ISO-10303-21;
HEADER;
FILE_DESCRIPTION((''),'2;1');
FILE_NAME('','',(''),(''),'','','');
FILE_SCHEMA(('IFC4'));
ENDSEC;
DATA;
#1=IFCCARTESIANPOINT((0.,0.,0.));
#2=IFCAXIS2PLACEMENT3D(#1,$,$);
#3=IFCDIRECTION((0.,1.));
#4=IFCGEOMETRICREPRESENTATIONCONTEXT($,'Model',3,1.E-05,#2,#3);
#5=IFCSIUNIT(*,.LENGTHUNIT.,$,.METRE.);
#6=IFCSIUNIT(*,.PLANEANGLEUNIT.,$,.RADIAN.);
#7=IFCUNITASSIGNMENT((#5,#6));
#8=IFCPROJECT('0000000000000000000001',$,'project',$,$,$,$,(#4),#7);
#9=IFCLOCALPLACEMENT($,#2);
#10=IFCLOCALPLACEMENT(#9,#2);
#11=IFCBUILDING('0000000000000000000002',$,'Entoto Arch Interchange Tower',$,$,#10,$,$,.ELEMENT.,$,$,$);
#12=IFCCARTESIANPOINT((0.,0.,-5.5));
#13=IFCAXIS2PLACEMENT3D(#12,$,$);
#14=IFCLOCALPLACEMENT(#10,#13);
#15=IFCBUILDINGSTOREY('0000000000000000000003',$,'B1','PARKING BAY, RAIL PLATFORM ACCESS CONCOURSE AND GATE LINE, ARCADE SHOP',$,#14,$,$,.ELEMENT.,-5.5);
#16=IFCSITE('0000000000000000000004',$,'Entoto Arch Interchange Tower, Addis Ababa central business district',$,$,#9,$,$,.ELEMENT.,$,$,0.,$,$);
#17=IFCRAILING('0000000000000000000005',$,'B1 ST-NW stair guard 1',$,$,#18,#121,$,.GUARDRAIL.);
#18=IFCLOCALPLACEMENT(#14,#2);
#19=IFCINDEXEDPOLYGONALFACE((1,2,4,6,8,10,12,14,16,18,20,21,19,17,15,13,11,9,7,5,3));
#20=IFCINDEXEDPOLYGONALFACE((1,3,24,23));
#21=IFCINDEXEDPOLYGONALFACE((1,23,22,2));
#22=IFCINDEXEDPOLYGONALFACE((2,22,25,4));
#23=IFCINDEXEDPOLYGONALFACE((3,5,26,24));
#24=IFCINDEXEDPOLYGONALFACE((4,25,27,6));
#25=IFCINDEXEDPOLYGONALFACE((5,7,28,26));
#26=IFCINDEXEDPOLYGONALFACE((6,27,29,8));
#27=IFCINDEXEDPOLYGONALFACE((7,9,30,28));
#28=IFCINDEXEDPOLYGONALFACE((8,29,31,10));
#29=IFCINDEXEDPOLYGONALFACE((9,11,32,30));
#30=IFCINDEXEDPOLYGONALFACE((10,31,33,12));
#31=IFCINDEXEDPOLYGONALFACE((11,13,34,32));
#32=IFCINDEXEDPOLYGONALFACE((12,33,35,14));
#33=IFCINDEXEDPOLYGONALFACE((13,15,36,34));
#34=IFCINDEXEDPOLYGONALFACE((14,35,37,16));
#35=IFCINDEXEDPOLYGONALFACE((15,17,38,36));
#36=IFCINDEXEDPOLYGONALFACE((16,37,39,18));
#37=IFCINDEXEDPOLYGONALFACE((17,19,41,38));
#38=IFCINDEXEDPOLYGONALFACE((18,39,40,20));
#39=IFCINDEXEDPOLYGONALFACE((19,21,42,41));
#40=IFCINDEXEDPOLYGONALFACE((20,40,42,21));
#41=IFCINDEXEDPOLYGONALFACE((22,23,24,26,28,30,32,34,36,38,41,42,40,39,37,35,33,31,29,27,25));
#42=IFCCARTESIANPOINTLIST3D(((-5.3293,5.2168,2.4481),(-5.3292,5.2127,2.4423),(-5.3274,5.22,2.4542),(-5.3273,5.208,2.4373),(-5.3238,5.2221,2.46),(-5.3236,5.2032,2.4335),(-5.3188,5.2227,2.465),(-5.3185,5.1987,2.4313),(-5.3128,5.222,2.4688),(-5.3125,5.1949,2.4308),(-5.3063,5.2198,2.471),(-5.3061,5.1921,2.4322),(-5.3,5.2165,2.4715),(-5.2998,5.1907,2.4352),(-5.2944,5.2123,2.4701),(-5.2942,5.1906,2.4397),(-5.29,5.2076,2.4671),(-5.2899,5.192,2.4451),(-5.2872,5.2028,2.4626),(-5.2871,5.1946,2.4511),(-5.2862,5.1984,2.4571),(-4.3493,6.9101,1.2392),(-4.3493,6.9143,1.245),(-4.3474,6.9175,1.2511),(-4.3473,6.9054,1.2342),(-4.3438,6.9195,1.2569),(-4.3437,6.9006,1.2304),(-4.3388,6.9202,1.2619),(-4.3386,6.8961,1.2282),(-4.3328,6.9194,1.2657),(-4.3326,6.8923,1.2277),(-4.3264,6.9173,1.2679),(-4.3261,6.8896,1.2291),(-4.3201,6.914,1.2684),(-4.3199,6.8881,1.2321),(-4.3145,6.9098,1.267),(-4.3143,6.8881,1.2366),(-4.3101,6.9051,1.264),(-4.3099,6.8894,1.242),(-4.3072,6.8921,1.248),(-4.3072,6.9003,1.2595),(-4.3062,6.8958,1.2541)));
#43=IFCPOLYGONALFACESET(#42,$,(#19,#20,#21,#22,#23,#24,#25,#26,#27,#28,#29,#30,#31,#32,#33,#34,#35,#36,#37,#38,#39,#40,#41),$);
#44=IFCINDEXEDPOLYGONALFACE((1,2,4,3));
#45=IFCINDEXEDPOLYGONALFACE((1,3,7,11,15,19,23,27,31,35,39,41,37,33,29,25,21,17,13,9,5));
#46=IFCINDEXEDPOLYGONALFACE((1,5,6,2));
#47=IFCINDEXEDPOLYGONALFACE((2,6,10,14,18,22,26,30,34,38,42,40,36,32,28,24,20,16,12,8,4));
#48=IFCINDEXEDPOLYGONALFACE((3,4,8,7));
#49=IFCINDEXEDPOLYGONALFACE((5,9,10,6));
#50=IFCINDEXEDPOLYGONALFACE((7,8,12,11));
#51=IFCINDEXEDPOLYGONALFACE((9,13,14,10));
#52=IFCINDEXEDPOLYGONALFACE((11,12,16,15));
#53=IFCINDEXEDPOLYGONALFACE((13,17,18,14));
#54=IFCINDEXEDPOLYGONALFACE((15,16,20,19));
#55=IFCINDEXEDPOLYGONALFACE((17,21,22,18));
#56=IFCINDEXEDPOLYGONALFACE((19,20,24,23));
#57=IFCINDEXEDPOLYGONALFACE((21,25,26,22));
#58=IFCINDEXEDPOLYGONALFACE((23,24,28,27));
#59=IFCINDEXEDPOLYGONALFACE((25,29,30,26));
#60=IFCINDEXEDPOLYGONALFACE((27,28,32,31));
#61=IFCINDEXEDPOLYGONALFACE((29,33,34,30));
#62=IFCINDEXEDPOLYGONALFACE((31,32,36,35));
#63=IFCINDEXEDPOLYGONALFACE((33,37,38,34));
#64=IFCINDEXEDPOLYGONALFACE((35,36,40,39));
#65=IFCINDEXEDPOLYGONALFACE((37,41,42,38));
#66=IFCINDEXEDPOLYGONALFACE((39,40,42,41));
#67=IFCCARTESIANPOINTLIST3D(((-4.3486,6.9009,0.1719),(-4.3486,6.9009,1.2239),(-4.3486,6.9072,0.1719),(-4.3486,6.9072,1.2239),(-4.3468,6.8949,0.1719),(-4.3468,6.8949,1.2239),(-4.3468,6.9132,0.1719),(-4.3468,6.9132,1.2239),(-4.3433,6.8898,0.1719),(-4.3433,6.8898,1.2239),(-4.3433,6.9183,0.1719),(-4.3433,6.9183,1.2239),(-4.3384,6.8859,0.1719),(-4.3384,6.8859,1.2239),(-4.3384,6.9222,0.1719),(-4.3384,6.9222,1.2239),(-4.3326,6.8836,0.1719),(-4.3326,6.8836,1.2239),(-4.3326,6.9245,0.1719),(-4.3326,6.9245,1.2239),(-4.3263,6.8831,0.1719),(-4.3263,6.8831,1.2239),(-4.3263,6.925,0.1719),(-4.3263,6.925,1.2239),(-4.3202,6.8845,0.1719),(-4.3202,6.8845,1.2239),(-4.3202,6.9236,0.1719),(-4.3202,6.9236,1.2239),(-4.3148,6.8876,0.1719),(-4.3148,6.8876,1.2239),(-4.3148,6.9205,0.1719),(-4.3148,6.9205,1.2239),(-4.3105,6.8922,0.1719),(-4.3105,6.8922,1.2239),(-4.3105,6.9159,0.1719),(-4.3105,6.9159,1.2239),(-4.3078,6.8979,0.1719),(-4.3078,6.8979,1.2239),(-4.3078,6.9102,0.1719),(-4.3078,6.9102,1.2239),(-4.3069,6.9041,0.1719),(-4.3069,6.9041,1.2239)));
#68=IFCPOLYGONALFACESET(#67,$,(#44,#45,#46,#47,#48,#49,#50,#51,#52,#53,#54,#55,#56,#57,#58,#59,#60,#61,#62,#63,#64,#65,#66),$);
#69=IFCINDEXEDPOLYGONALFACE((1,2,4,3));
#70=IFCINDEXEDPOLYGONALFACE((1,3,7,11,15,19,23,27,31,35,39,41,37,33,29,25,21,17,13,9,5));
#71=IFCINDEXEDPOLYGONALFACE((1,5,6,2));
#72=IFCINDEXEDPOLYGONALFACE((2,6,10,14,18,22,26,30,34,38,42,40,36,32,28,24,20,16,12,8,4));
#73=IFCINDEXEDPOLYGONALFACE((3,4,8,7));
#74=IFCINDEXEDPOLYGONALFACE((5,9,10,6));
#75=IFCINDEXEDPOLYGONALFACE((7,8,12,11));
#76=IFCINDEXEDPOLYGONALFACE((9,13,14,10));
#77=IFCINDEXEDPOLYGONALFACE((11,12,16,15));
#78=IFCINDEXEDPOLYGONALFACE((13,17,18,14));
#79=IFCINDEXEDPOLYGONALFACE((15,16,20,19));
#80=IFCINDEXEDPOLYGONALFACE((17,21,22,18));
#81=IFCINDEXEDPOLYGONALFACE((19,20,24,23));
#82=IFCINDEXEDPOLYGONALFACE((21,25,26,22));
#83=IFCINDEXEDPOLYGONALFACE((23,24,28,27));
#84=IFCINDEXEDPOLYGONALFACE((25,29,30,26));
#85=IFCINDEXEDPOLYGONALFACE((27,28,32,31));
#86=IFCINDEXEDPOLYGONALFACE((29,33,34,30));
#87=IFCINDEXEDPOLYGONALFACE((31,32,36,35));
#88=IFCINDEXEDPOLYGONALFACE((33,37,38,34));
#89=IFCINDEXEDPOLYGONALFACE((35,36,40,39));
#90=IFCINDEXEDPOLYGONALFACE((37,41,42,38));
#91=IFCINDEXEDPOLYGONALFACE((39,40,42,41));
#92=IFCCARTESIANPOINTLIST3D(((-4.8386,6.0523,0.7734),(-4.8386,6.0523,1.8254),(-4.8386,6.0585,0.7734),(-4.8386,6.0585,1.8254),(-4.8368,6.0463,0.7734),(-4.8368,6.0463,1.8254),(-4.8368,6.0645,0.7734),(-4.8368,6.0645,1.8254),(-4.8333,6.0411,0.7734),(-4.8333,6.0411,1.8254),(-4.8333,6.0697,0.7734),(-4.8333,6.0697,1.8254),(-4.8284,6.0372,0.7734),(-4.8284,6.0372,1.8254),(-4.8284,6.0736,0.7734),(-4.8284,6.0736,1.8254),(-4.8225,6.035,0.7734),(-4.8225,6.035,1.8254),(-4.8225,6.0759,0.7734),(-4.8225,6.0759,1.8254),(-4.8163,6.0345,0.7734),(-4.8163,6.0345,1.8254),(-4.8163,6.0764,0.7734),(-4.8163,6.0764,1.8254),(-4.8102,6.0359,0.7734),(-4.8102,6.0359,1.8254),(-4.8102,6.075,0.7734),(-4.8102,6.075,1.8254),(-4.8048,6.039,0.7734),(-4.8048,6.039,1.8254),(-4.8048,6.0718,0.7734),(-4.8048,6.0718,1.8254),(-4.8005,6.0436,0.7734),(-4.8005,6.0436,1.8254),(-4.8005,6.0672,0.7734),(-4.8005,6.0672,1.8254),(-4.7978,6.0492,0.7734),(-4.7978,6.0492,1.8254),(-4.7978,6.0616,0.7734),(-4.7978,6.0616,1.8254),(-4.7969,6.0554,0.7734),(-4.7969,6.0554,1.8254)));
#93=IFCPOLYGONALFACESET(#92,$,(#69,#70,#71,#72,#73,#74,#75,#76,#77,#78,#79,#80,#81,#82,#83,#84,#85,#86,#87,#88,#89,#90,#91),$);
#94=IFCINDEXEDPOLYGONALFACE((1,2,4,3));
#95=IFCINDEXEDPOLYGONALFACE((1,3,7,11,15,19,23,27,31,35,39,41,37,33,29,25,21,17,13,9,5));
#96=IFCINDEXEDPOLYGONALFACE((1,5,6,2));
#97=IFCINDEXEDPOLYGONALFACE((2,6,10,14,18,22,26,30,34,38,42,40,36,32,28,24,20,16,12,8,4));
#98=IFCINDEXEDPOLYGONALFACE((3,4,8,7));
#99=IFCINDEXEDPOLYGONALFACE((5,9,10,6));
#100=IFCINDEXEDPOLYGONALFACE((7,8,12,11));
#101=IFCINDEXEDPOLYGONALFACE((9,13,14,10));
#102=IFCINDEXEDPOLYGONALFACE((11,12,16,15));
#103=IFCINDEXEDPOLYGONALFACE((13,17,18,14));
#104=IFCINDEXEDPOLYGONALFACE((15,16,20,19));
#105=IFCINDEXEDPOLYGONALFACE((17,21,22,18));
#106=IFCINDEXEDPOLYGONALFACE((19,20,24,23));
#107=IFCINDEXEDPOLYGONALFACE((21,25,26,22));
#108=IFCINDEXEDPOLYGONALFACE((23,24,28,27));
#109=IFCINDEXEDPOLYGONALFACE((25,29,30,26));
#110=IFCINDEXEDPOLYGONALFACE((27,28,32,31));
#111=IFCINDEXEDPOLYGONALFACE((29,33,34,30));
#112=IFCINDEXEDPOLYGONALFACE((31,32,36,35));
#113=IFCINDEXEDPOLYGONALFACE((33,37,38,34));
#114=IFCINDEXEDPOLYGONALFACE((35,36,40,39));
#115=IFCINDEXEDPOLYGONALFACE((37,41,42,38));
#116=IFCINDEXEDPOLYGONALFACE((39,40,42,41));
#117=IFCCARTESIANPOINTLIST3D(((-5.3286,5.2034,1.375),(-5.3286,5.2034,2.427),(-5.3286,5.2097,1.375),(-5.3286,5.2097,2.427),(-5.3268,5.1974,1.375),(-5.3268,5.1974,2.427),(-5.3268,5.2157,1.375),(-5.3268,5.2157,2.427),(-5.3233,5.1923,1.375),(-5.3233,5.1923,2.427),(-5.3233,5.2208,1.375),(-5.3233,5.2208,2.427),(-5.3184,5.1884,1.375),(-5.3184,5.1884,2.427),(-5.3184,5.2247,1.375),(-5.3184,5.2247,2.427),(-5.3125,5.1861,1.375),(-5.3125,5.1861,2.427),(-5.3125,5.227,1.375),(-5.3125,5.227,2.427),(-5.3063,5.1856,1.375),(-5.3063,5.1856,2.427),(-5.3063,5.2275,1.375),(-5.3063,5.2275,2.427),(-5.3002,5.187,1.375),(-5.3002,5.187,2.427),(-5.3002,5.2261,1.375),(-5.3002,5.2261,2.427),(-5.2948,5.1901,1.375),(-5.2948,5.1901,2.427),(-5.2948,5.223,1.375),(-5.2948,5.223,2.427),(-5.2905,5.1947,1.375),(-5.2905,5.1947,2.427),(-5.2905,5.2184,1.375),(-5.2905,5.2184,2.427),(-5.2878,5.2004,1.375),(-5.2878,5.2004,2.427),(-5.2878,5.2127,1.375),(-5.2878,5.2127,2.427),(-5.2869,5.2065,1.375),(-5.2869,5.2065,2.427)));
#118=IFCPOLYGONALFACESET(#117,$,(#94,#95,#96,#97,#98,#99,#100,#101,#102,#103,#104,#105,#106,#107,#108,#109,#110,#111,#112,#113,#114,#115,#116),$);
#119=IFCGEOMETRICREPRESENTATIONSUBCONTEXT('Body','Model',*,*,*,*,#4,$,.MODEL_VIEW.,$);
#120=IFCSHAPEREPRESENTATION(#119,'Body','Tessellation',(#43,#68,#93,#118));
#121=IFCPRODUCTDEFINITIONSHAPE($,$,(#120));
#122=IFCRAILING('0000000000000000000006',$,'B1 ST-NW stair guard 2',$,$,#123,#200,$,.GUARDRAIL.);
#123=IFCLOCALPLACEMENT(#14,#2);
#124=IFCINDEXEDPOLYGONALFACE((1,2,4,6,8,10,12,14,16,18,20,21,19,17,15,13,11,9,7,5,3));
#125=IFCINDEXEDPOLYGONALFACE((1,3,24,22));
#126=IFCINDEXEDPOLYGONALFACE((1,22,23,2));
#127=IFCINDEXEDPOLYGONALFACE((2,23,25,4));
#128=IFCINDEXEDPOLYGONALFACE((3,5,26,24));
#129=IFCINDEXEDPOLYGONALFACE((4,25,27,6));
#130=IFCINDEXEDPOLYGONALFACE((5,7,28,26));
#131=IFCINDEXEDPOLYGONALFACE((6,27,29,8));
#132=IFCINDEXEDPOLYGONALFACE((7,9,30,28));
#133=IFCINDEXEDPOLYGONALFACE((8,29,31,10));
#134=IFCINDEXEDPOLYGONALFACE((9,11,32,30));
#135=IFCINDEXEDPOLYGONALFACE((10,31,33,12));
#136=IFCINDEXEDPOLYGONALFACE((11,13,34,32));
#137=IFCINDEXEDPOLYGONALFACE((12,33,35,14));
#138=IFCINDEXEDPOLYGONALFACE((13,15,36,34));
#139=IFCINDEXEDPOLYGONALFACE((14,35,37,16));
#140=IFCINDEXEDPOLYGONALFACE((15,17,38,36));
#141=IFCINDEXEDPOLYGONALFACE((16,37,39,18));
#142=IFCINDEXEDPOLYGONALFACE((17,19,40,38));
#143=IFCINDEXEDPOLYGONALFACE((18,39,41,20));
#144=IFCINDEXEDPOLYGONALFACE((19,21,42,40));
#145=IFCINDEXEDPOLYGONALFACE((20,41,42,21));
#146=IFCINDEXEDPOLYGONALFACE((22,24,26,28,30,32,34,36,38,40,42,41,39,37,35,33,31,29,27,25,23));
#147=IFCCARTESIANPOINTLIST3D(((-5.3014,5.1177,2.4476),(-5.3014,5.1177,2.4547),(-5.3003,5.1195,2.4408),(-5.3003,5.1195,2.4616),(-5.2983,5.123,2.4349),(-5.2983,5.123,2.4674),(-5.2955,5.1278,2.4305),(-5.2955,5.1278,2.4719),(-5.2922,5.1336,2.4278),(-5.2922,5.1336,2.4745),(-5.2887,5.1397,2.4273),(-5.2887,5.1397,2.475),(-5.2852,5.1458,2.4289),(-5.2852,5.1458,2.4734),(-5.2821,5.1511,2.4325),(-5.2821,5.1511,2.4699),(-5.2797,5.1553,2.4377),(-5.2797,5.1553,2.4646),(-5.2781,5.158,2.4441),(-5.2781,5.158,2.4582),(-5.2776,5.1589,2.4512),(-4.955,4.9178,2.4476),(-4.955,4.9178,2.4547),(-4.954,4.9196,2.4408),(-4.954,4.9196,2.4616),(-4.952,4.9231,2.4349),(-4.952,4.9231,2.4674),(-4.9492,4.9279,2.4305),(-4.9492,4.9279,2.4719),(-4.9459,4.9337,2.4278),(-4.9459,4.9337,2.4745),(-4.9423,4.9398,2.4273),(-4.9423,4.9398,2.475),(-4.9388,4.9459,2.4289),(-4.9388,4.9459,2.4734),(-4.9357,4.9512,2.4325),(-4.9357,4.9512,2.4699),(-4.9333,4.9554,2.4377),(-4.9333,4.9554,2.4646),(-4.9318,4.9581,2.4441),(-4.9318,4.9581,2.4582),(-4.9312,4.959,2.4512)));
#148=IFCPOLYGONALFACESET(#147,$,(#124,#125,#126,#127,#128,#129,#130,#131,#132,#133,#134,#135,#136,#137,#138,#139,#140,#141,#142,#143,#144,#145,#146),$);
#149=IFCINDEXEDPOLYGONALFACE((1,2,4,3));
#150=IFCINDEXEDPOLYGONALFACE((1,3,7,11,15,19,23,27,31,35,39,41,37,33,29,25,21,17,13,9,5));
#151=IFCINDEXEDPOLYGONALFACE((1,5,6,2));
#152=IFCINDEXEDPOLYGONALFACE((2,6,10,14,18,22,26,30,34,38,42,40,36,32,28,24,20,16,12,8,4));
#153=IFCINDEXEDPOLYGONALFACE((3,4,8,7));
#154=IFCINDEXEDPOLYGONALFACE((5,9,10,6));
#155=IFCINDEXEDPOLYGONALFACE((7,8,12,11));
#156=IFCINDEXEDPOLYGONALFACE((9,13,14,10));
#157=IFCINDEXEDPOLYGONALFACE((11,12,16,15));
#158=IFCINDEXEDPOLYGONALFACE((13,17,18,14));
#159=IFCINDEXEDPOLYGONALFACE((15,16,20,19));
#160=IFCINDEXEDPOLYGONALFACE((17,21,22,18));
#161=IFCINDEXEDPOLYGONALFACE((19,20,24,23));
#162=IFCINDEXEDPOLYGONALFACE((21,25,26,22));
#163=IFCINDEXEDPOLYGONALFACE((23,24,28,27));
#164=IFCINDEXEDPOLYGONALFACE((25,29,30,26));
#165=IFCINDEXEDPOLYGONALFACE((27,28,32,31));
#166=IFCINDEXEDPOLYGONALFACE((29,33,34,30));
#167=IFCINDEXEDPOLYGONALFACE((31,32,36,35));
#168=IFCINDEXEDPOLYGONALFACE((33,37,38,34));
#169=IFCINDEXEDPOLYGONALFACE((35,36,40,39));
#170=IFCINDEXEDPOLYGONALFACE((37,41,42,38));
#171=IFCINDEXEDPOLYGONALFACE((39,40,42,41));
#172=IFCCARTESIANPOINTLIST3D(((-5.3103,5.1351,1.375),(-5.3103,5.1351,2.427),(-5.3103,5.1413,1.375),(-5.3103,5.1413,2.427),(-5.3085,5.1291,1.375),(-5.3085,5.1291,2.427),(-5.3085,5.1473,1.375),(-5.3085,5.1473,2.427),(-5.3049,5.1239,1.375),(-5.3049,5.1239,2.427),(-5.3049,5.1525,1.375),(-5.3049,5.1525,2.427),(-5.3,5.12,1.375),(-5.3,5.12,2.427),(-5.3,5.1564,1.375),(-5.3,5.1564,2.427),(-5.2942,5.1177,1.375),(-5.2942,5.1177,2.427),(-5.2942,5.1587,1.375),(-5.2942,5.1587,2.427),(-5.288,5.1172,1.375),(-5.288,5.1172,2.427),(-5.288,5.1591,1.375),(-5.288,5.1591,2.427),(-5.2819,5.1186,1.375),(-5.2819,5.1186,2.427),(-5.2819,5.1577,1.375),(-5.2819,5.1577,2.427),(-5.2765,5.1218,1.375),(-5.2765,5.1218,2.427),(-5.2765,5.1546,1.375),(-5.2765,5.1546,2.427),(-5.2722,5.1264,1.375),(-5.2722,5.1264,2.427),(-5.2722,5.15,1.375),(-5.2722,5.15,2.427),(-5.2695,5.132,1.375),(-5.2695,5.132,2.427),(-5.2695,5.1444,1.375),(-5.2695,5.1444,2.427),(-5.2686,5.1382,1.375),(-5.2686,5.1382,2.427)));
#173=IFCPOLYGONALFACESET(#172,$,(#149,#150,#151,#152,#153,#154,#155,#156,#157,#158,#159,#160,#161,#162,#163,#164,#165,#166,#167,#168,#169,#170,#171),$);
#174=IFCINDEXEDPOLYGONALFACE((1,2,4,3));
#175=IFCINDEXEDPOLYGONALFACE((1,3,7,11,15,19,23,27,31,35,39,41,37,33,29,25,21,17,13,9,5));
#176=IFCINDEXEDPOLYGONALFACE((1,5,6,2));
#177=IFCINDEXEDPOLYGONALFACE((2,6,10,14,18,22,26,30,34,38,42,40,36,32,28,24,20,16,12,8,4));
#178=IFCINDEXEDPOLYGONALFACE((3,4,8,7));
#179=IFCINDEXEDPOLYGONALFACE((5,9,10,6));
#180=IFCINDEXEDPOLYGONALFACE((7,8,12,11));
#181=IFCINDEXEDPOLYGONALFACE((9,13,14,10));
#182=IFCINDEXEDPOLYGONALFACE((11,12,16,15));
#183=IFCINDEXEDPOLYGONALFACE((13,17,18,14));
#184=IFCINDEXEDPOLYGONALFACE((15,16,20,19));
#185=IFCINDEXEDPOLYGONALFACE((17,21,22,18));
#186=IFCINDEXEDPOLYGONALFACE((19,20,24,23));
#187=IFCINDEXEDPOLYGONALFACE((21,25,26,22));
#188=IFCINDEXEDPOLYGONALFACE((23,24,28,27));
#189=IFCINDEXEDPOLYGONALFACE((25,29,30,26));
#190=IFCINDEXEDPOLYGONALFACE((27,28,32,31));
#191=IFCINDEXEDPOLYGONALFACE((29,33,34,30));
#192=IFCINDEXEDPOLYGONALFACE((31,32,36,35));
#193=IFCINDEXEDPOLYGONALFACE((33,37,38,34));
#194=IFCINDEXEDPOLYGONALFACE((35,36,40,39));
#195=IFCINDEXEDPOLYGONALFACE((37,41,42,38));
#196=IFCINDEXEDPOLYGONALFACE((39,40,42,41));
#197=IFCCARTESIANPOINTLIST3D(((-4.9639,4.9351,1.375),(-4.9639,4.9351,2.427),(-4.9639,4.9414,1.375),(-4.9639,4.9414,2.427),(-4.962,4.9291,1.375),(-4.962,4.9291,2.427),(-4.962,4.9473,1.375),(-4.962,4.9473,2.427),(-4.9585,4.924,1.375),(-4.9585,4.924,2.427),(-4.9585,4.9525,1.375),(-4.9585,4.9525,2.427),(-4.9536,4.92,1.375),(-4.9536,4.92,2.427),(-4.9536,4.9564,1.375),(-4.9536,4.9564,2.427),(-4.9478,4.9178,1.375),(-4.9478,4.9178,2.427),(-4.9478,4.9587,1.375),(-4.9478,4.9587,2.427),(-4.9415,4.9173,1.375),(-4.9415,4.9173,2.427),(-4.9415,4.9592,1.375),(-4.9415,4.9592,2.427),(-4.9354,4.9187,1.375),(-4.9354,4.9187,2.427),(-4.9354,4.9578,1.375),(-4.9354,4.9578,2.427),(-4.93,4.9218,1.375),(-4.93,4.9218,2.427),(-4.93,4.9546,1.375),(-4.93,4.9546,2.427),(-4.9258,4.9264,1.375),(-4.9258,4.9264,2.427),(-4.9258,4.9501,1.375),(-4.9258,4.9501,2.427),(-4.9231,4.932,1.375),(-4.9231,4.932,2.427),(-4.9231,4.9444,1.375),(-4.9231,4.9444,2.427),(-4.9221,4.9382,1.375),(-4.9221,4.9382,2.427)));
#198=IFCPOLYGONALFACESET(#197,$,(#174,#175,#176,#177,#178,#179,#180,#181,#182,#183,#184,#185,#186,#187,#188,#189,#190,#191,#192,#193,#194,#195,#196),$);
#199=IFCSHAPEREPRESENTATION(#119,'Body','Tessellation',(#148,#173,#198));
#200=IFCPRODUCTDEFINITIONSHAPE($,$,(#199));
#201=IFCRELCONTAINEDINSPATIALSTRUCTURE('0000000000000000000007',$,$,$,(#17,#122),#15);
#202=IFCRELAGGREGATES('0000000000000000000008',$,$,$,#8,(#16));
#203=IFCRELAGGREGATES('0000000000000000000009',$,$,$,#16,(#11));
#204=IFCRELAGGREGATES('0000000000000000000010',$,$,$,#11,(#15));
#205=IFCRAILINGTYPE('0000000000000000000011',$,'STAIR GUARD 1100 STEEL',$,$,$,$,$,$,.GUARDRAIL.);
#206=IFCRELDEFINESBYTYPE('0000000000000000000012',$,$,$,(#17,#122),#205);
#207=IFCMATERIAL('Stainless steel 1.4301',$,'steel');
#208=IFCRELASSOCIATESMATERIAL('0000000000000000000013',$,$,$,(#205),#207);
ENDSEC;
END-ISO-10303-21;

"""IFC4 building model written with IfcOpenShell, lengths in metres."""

from ifc_helpers import new_model, si_unit, direction, frame, origin, origin_2d, place, context, subcontext, project, spatial, circle, extrude, material, type_object, element, save


model = new_model("IFC4")

# Units and contexts
model_context = context("Model", 3, precision=1e-05, world=origin(), true_north=direction((0.0, 1.0)))
body_context = subcontext(model_context, "Body", "Model", "MODEL_VIEW")
ifc_project = project(units=[si_unit("LENGTHUNIT", "METRE"), si_unit("PLANEANGLEUNIT", "RADIAN")], contexts=[model_context])

# Site, building, storey
site_placement = place(None, origin())
site = spatial("IfcSite", under=ifc_project, at=site_placement, Name="Entoto Arch Interchange Tower, Addis Ababa central business district", CompositionType="ELEMENT", RefElevation=0.0)
building_placement = place(site_placement, origin())
building = spatial("IfcBuilding", under=site, at=building_placement, Name="Entoto Arch Interchange Tower", CompositionType="ELEMENT")
storey_placement = place(building_placement, frame((0.0, 0.0, -5.5)))
storey = spatial("IfcBuildingStorey", under=building, at=storey_placement, Name="B1", Description="PARKING BAY, RAIL PLATFORM ACCESS CONCOURSE AND GATE LINE, ARCADE SHOP", CompositionType="ELEMENT", Elevation=-5.5)

# Railings
ifc_material_1 = material(Name="Stainless steel 1.4301", Category="steel")
railing_type_1 = type_object("IfcRailingType", Name="STAIR GUARD 1100 STEEL", PredefinedType="GUARDRAIL", material=ifc_material_1)
railing_1_placement = place(storey_placement, frame((-4.3279, 6.9041, 0.1719)))
element("IfcRailing", 1, at=railing_1_placement, inside=storey, type_object=railing_type_1, Name="B1 ST-NW stair guard 1", PredefinedType="GUARDRAIL", context=body_context, shape_type="SweptSolid", body=[
    extrude(circle(Radius=0.0239, at=origin_2d()), frame((0.0, 0.0, 1.0762), z_axis=(-0.426102, -0.738089, 0.523127), x_axis=(0.866042, -0.49997, 0.0)), (0.0, 0.0, 1.0), 2.2998),
    extrude(circle(Radius=0.021, at=origin_2d()), origin(), (0.0, 0.0, 1.0), 1.052),
    extrude(circle(Radius=0.021, at=origin_2d()), frame((-0.49, -0.8486, 0.6016)), (0.0, 0.0, 1.0), 1.052),
    extrude(circle(Radius=0.021, at=origin_2d()), frame((-0.98, -1.6975, 1.2031)), (0.0, 0.0, 1.0), 1.052),
])
railing_2_placement = place(storey_placement, frame((-5.2896, 5.1382, 1.375)))
element("IfcRailing", 2, at=railing_2_placement, inside=storey, type_object=railing_type_1, Name="B1 ST-NW stair guard 2", PredefinedType="GUARDRAIL", context=body_context, shape_type="SweptSolid", body=[
    extrude(circle(Radius=0.0239, at=origin_2d()), frame((0.0, 0.0, 1.0762), z_axis=(0.866094, -0.499881, 0.0), x_axis=(0.499881, 0.866094, 0.0)), (0.0, 0.0, 1.0), 0.3999),
    extrude(circle(Radius=0.021, at=origin_2d()), origin(), (0.0, 0.0, 1.0), 1.052),
    extrude(circle(Radius=0.021, at=origin_2d()), frame((0.3464, -0.2, 0.0)), (0.0, 0.0, 1.0), 1.052),
])

save(model, "model.ifc")
